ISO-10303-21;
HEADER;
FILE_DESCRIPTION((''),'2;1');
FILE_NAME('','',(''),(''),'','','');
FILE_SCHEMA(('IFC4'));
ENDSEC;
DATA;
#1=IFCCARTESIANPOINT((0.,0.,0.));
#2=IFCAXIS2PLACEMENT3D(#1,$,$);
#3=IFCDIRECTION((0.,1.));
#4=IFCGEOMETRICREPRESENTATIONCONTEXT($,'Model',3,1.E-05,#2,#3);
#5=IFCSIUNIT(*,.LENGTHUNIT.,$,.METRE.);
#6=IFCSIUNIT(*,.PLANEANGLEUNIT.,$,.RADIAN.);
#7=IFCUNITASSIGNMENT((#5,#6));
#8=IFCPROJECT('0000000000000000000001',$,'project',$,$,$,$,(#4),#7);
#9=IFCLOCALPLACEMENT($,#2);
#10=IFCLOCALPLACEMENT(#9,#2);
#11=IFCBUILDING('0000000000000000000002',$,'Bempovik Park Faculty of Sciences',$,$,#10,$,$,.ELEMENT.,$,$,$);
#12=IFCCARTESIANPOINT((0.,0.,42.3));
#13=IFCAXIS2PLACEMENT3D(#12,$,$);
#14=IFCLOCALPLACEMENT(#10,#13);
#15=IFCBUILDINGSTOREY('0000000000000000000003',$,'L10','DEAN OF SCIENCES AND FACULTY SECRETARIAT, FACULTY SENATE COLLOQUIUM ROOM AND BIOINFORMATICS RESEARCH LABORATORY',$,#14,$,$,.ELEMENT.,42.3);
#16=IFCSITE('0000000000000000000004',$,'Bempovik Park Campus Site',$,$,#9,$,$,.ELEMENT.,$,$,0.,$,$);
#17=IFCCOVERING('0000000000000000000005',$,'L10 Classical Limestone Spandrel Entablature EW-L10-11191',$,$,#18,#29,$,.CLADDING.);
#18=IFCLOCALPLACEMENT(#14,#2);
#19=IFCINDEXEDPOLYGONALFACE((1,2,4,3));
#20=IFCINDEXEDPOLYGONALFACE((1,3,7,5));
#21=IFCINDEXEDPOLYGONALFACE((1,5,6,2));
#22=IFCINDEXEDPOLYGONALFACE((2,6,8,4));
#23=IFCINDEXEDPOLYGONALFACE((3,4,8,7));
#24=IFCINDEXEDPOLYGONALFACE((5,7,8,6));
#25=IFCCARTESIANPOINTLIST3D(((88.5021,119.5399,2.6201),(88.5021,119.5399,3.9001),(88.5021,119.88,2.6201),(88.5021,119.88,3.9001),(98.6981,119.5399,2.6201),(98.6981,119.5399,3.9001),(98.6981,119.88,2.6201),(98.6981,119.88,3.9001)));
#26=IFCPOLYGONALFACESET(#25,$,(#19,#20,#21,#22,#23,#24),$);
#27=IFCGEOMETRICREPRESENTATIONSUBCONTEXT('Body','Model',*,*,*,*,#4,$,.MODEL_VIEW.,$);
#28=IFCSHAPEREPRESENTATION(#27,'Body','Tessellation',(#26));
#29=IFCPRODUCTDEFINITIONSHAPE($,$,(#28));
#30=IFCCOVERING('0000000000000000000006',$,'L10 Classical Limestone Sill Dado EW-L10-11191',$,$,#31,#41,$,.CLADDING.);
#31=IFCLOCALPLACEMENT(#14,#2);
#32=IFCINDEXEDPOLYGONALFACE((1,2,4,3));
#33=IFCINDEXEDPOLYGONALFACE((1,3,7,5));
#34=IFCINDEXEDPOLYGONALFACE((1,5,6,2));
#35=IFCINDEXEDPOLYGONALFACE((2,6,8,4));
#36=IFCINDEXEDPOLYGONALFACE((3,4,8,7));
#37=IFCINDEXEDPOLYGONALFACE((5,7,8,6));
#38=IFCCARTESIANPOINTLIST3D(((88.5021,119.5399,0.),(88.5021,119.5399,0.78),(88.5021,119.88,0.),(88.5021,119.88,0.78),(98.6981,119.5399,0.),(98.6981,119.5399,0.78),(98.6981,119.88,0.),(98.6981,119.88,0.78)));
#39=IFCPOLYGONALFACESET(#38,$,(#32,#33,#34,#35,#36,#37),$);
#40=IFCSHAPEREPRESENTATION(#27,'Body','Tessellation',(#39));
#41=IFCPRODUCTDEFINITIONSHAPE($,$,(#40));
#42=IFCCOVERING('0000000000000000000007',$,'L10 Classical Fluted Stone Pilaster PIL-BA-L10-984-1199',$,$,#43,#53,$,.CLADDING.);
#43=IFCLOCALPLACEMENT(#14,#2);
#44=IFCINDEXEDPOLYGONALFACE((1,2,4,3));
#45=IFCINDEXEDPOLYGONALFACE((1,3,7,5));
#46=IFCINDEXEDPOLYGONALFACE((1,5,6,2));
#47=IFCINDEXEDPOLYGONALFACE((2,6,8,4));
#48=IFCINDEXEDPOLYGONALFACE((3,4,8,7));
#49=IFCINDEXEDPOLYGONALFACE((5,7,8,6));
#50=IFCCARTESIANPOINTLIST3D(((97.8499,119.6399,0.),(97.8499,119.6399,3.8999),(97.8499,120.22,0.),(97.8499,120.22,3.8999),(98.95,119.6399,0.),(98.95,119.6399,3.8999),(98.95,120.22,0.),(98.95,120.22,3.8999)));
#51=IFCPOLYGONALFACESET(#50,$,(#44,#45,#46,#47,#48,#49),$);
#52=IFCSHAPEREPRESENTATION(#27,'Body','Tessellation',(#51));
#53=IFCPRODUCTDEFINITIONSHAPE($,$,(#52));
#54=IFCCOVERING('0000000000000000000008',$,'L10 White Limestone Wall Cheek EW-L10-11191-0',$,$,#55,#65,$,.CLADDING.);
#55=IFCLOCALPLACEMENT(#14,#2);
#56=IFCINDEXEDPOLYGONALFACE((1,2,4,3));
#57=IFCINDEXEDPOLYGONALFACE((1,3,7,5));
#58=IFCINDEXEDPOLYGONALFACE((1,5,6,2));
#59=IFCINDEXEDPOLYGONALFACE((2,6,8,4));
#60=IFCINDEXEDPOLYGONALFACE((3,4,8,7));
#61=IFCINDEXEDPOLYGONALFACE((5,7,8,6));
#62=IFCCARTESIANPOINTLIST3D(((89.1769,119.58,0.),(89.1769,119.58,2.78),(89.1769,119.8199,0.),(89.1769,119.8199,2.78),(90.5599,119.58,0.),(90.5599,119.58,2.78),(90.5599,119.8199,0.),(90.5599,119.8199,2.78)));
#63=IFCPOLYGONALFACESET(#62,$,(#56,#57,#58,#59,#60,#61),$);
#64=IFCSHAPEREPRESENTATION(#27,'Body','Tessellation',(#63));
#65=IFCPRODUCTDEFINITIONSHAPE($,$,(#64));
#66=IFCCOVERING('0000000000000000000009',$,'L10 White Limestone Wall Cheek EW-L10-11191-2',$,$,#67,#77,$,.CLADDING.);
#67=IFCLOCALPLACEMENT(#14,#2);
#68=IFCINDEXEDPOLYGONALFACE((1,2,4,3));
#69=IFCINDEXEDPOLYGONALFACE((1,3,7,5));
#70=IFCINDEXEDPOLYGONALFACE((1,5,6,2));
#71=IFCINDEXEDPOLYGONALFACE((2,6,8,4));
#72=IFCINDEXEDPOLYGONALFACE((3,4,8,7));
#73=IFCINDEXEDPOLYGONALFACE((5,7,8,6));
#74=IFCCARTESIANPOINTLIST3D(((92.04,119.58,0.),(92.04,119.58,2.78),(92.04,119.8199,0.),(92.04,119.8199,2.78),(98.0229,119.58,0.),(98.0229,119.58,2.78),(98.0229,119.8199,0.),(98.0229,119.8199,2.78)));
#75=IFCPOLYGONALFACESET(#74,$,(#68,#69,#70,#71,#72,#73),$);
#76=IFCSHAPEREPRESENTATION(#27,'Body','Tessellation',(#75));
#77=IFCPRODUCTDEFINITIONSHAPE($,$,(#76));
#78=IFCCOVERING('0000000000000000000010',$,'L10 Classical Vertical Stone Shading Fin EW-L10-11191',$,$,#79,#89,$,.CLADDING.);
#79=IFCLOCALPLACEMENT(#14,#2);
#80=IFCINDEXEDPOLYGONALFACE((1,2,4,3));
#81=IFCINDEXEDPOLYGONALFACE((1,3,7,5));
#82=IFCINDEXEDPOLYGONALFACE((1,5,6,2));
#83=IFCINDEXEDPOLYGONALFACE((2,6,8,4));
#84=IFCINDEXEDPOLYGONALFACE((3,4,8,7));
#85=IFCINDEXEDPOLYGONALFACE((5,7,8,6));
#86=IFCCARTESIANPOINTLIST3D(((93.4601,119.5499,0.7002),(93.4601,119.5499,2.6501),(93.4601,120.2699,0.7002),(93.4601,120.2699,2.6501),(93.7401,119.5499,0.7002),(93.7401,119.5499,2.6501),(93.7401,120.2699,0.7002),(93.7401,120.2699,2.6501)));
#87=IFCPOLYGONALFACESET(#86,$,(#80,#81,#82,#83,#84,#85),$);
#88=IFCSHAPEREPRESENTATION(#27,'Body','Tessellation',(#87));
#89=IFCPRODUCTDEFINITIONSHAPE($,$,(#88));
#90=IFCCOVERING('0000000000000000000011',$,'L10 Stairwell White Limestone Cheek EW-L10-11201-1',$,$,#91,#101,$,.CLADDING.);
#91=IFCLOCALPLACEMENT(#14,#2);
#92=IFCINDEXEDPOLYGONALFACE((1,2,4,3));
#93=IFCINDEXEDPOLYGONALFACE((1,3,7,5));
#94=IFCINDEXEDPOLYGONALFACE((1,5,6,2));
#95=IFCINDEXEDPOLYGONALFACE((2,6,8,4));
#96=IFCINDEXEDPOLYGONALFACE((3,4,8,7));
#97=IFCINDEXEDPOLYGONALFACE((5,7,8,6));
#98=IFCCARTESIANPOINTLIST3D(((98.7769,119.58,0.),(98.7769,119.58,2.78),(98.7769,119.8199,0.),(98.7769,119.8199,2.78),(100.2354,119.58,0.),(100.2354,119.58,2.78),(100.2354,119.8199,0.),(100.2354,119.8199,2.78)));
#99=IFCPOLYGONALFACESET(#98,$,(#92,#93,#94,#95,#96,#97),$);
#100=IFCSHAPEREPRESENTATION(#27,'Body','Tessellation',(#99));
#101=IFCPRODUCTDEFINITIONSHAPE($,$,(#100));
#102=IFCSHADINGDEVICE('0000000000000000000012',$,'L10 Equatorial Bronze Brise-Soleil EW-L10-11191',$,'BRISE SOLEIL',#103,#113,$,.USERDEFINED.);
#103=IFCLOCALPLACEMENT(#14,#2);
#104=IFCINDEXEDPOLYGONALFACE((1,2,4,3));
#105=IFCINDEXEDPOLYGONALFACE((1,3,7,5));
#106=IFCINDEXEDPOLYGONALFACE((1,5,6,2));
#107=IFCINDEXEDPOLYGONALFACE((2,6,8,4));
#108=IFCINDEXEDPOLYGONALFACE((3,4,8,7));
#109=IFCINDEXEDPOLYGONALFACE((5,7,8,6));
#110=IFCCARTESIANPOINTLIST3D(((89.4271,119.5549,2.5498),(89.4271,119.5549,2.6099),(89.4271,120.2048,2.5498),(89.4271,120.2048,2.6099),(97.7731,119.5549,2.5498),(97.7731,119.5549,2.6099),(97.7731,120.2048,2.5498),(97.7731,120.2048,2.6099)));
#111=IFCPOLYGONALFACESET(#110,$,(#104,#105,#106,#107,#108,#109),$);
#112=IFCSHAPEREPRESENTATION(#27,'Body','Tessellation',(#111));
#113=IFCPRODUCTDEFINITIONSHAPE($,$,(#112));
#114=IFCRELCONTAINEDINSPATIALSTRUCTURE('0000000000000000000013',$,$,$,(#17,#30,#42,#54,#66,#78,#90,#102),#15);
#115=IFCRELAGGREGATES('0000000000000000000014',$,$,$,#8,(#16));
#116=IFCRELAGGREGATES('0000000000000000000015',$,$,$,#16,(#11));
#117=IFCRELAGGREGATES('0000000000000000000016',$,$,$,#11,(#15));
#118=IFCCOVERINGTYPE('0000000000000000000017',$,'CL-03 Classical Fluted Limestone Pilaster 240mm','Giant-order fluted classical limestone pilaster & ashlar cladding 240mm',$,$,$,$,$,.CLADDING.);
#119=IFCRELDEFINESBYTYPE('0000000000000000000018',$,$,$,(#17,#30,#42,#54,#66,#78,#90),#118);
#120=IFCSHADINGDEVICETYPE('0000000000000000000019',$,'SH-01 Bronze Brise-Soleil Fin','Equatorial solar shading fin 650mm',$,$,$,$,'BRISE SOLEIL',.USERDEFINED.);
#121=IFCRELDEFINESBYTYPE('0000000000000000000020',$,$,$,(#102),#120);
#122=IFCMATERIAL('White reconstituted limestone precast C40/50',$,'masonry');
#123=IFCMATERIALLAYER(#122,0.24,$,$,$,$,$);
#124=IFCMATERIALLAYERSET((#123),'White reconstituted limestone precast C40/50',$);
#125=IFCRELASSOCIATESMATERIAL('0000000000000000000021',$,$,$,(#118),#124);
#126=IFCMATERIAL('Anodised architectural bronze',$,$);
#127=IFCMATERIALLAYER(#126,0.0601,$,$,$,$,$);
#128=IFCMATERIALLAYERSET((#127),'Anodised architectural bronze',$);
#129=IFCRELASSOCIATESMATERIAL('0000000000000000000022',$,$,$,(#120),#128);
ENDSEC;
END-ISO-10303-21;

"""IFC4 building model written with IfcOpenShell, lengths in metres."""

from ifc_helpers import new_model, si_unit, direction, frame, origin, origin_2d, place, context, subcontext, project, spatial, rectangle, extrude, material, layer, layer_set, type_object, element, save


model = new_model("IFC4")

# Units and contexts
model_context = context("Model", 3, precision=1e-05, world=origin(), true_north=direction((0.0, 1.0)))
body_context = subcontext(model_context, "Body", "Model", "MODEL_VIEW")
ifc_project = project(units=[si_unit("LENGTHUNIT", "METRE"), si_unit("PLANEANGLEUNIT", "RADIAN")], contexts=[model_context])

# Site, building, storey
site_placement = place(None, origin())
site = spatial("IfcSite", under=ifc_project, at=site_placement, Name="Bempovik Park Campus Site", CompositionType="ELEMENT", RefElevation=0.0)
building_placement = place(site_placement, origin())
building = spatial("IfcBuilding", under=site, at=building_placement, Name="Bempovik Park Faculty of Sciences", CompositionType="ELEMENT")
storey_placement = place(building_placement, frame((0.0, 0.0, 42.3)))
storey = spatial("IfcBuildingStorey", under=building, at=storey_placement, Name="L10", Description="DEAN OF SCIENCES AND FACULTY SECRETARIAT, FACULTY SENATE COLLOQUIUM ROOM AND BIOINFORMATICS RESEARCH LABORATORY", CompositionType="ELEMENT", Elevation=42.3)

# Coverings
ifc_material_1 = material(Name="White reconstituted limestone precast C40/50", Category="masonry")
ifc_layer_1 = layer(ifc_material_1, 0.24)
ifc_layer_set_1 = layer_set([ifc_layer_1], Name="White reconstituted limestone precast C40/50")
covering_type_1 = type_object("IfcCoveringType", Name="CL-03 Classical Fluted Limestone Pilaster 240mm", Description="Giant-order fluted classical limestone pilaster & ashlar cladding 240mm", PredefinedType="CLADDING", material=ifc_layer_set_1)
covering_1_placement = place(storey_placement, frame((93.6001, 119.71, 2.6201), z_axis=(0.0, 0.0, 1.0), x_axis=(1.0, 0.0, 0.0)))
element("IfcCovering", 1, at=covering_1_placement, inside=storey, type_object=covering_type_1, Name="L10 Classical Limestone Spandrel Entablature EW-L10-11191", PredefinedType="CLADDING", context=body_context, shape_type="SweptSolid", body=[
    extrude(rectangle(XDim=10.196, YDim=0.3401, at=origin_2d()), origin(), (0.0, 0.0, 1.0), 1.28),
])
covering_2_placement = place(storey_placement, frame((93.6001, 119.71, 0.0), z_axis=(0.0, 0.0, 1.0), x_axis=(1.0, 0.0, 0.0)))
element("IfcCovering", 2, at=covering_2_placement, inside=storey, type_object=covering_type_1, Name="L10 Classical Limestone Sill Dado EW-L10-11191", PredefinedType="CLADDING", context=body_context, shape_type="SweptSolid", body=[
    extrude(rectangle(XDim=10.196, YDim=0.3401, at=origin_2d()), origin(), (0.0, 0.0, 1.0), 0.78),
])
covering_3_placement = place(storey_placement, frame((98.3999, 119.9299, 0.0), z_axis=(0.0, 0.0, 1.0), x_axis=(1.0, 0.0, 0.0)))
element("IfcCovering", 3, at=covering_3_placement, inside=storey, type_object=covering_type_1, Name="L10 Classical Fluted Stone Pilaster PIL-BA-L10-984-1199", PredefinedType="CLADDING", context=body_context, shape_type="SweptSolid", body=[
    extrude(rectangle(XDim=1.1001, YDim=0.5801, at=origin_2d()), origin(), (0.0, 0.0, 1.0), 3.8999),
])
covering_4_placement = place(storey_placement, frame((89.8684, 119.7, 0.0), z_axis=(0.0, 0.0, 1.0), x_axis=(1.0, 0.0, 0.0)))
element("IfcCovering", 4, at=covering_4_placement, inside=storey, type_object=covering_type_1, Name="L10 White Limestone Wall Cheek EW-L10-11191-0", PredefinedType="CLADDING", context=body_context, shape_type="SweptSolid", body=[
    extrude(rectangle(XDim=1.3831, YDim=0.24, at=origin_2d()), origin(), (0.0, 0.0, 1.0), 2.78),
])
covering_5_placement = place(storey_placement, frame((95.0315, 119.7, 0.0), z_axis=(0.0, 0.0, 1.0), x_axis=(1.0, 0.0, 0.0)))
element("IfcCovering", 5, at=covering_5_placement, inside=storey, type_object=covering_type_1, Name="L10 White Limestone Wall Cheek EW-L10-11191-2", PredefinedType="CLADDING", context=body_context, shape_type="SweptSolid", body=[
    extrude(rectangle(XDim=5.9829, YDim=0.24, at=origin_2d()), origin(), (0.0, 0.0, 1.0), 2.78),
])
covering_6_placement = place(storey_placement, frame((93.6001, 119.9099, 0.7002), z_axis=(0.0, 0.0, 1.0), x_axis=(1.0, 0.0, 0.0)))
element("IfcCovering", 6, at=covering_6_placement, inside=storey, type_object=covering_type_1, Name="L10 Classical Vertical Stone Shading Fin EW-L10-11191", PredefinedType="CLADDING", context=body_context, shape_type="SweptSolid", body=[
    extrude(rectangle(XDim=0.28, YDim=0.72, at=origin_2d()), origin(), (0.0, 0.0, 1.0), 1.95),
])
covering_7_placement = place(storey_placement, frame((99.5061, 119.7, 0.0), z_axis=(0.0, 0.0, 1.0), x_axis=(1.0, 0.0, 0.0)))
element("IfcCovering", 7, at=covering_7_placement, inside=storey, type_object=covering_type_1, Name="L10 Stairwell White Limestone Cheek EW-L10-11201-1", PredefinedType="CLADDING", context=body_context, shape_type="SweptSolid", body=[
    extrude(rectangle(XDim=1.4585, YDim=0.24, at=origin_2d()), origin(), (0.0, 0.0, 1.0), 2.78),
])

# Shading device
ifc_material_2 = material(Name="Anodised architectural bronze")
ifc_layer_2 = layer(ifc_material_2, 0.0601)
ifc_layer_set_2 = layer_set([ifc_layer_2], Name="Anodised architectural bronze")
shading_device_type = type_object("IfcShadingDeviceType", Name="SH-01 Bronze Brise-Soleil Fin", Description="Equatorial solar shading fin 650mm", ElementType="BRISE SOLEIL", PredefinedType="USERDEFINED", material=ifc_layer_set_2)
shading_device_placement = place(storey_placement, frame((93.6001, 119.8799, 2.5498), z_axis=(0.0, 0.0, 1.0), x_axis=(1.0, 0.0, 0.0)))
element("IfcShadingDevice", 8, at=shading_device_placement, inside=storey, type_object=shading_device_type, Name="L10 Equatorial Bronze Brise-Soleil EW-L10-11191", ObjectType="BRISE SOLEIL", PredefinedType="USERDEFINED", context=body_context, shape_type="SweptSolid", body=[
    extrude(rectangle(XDim=8.3459, YDim=0.6499, at=origin_2d()), origin(), (0.0, 0.0, 1.0), 0.0601),
])

save(model, "model.ifc")
